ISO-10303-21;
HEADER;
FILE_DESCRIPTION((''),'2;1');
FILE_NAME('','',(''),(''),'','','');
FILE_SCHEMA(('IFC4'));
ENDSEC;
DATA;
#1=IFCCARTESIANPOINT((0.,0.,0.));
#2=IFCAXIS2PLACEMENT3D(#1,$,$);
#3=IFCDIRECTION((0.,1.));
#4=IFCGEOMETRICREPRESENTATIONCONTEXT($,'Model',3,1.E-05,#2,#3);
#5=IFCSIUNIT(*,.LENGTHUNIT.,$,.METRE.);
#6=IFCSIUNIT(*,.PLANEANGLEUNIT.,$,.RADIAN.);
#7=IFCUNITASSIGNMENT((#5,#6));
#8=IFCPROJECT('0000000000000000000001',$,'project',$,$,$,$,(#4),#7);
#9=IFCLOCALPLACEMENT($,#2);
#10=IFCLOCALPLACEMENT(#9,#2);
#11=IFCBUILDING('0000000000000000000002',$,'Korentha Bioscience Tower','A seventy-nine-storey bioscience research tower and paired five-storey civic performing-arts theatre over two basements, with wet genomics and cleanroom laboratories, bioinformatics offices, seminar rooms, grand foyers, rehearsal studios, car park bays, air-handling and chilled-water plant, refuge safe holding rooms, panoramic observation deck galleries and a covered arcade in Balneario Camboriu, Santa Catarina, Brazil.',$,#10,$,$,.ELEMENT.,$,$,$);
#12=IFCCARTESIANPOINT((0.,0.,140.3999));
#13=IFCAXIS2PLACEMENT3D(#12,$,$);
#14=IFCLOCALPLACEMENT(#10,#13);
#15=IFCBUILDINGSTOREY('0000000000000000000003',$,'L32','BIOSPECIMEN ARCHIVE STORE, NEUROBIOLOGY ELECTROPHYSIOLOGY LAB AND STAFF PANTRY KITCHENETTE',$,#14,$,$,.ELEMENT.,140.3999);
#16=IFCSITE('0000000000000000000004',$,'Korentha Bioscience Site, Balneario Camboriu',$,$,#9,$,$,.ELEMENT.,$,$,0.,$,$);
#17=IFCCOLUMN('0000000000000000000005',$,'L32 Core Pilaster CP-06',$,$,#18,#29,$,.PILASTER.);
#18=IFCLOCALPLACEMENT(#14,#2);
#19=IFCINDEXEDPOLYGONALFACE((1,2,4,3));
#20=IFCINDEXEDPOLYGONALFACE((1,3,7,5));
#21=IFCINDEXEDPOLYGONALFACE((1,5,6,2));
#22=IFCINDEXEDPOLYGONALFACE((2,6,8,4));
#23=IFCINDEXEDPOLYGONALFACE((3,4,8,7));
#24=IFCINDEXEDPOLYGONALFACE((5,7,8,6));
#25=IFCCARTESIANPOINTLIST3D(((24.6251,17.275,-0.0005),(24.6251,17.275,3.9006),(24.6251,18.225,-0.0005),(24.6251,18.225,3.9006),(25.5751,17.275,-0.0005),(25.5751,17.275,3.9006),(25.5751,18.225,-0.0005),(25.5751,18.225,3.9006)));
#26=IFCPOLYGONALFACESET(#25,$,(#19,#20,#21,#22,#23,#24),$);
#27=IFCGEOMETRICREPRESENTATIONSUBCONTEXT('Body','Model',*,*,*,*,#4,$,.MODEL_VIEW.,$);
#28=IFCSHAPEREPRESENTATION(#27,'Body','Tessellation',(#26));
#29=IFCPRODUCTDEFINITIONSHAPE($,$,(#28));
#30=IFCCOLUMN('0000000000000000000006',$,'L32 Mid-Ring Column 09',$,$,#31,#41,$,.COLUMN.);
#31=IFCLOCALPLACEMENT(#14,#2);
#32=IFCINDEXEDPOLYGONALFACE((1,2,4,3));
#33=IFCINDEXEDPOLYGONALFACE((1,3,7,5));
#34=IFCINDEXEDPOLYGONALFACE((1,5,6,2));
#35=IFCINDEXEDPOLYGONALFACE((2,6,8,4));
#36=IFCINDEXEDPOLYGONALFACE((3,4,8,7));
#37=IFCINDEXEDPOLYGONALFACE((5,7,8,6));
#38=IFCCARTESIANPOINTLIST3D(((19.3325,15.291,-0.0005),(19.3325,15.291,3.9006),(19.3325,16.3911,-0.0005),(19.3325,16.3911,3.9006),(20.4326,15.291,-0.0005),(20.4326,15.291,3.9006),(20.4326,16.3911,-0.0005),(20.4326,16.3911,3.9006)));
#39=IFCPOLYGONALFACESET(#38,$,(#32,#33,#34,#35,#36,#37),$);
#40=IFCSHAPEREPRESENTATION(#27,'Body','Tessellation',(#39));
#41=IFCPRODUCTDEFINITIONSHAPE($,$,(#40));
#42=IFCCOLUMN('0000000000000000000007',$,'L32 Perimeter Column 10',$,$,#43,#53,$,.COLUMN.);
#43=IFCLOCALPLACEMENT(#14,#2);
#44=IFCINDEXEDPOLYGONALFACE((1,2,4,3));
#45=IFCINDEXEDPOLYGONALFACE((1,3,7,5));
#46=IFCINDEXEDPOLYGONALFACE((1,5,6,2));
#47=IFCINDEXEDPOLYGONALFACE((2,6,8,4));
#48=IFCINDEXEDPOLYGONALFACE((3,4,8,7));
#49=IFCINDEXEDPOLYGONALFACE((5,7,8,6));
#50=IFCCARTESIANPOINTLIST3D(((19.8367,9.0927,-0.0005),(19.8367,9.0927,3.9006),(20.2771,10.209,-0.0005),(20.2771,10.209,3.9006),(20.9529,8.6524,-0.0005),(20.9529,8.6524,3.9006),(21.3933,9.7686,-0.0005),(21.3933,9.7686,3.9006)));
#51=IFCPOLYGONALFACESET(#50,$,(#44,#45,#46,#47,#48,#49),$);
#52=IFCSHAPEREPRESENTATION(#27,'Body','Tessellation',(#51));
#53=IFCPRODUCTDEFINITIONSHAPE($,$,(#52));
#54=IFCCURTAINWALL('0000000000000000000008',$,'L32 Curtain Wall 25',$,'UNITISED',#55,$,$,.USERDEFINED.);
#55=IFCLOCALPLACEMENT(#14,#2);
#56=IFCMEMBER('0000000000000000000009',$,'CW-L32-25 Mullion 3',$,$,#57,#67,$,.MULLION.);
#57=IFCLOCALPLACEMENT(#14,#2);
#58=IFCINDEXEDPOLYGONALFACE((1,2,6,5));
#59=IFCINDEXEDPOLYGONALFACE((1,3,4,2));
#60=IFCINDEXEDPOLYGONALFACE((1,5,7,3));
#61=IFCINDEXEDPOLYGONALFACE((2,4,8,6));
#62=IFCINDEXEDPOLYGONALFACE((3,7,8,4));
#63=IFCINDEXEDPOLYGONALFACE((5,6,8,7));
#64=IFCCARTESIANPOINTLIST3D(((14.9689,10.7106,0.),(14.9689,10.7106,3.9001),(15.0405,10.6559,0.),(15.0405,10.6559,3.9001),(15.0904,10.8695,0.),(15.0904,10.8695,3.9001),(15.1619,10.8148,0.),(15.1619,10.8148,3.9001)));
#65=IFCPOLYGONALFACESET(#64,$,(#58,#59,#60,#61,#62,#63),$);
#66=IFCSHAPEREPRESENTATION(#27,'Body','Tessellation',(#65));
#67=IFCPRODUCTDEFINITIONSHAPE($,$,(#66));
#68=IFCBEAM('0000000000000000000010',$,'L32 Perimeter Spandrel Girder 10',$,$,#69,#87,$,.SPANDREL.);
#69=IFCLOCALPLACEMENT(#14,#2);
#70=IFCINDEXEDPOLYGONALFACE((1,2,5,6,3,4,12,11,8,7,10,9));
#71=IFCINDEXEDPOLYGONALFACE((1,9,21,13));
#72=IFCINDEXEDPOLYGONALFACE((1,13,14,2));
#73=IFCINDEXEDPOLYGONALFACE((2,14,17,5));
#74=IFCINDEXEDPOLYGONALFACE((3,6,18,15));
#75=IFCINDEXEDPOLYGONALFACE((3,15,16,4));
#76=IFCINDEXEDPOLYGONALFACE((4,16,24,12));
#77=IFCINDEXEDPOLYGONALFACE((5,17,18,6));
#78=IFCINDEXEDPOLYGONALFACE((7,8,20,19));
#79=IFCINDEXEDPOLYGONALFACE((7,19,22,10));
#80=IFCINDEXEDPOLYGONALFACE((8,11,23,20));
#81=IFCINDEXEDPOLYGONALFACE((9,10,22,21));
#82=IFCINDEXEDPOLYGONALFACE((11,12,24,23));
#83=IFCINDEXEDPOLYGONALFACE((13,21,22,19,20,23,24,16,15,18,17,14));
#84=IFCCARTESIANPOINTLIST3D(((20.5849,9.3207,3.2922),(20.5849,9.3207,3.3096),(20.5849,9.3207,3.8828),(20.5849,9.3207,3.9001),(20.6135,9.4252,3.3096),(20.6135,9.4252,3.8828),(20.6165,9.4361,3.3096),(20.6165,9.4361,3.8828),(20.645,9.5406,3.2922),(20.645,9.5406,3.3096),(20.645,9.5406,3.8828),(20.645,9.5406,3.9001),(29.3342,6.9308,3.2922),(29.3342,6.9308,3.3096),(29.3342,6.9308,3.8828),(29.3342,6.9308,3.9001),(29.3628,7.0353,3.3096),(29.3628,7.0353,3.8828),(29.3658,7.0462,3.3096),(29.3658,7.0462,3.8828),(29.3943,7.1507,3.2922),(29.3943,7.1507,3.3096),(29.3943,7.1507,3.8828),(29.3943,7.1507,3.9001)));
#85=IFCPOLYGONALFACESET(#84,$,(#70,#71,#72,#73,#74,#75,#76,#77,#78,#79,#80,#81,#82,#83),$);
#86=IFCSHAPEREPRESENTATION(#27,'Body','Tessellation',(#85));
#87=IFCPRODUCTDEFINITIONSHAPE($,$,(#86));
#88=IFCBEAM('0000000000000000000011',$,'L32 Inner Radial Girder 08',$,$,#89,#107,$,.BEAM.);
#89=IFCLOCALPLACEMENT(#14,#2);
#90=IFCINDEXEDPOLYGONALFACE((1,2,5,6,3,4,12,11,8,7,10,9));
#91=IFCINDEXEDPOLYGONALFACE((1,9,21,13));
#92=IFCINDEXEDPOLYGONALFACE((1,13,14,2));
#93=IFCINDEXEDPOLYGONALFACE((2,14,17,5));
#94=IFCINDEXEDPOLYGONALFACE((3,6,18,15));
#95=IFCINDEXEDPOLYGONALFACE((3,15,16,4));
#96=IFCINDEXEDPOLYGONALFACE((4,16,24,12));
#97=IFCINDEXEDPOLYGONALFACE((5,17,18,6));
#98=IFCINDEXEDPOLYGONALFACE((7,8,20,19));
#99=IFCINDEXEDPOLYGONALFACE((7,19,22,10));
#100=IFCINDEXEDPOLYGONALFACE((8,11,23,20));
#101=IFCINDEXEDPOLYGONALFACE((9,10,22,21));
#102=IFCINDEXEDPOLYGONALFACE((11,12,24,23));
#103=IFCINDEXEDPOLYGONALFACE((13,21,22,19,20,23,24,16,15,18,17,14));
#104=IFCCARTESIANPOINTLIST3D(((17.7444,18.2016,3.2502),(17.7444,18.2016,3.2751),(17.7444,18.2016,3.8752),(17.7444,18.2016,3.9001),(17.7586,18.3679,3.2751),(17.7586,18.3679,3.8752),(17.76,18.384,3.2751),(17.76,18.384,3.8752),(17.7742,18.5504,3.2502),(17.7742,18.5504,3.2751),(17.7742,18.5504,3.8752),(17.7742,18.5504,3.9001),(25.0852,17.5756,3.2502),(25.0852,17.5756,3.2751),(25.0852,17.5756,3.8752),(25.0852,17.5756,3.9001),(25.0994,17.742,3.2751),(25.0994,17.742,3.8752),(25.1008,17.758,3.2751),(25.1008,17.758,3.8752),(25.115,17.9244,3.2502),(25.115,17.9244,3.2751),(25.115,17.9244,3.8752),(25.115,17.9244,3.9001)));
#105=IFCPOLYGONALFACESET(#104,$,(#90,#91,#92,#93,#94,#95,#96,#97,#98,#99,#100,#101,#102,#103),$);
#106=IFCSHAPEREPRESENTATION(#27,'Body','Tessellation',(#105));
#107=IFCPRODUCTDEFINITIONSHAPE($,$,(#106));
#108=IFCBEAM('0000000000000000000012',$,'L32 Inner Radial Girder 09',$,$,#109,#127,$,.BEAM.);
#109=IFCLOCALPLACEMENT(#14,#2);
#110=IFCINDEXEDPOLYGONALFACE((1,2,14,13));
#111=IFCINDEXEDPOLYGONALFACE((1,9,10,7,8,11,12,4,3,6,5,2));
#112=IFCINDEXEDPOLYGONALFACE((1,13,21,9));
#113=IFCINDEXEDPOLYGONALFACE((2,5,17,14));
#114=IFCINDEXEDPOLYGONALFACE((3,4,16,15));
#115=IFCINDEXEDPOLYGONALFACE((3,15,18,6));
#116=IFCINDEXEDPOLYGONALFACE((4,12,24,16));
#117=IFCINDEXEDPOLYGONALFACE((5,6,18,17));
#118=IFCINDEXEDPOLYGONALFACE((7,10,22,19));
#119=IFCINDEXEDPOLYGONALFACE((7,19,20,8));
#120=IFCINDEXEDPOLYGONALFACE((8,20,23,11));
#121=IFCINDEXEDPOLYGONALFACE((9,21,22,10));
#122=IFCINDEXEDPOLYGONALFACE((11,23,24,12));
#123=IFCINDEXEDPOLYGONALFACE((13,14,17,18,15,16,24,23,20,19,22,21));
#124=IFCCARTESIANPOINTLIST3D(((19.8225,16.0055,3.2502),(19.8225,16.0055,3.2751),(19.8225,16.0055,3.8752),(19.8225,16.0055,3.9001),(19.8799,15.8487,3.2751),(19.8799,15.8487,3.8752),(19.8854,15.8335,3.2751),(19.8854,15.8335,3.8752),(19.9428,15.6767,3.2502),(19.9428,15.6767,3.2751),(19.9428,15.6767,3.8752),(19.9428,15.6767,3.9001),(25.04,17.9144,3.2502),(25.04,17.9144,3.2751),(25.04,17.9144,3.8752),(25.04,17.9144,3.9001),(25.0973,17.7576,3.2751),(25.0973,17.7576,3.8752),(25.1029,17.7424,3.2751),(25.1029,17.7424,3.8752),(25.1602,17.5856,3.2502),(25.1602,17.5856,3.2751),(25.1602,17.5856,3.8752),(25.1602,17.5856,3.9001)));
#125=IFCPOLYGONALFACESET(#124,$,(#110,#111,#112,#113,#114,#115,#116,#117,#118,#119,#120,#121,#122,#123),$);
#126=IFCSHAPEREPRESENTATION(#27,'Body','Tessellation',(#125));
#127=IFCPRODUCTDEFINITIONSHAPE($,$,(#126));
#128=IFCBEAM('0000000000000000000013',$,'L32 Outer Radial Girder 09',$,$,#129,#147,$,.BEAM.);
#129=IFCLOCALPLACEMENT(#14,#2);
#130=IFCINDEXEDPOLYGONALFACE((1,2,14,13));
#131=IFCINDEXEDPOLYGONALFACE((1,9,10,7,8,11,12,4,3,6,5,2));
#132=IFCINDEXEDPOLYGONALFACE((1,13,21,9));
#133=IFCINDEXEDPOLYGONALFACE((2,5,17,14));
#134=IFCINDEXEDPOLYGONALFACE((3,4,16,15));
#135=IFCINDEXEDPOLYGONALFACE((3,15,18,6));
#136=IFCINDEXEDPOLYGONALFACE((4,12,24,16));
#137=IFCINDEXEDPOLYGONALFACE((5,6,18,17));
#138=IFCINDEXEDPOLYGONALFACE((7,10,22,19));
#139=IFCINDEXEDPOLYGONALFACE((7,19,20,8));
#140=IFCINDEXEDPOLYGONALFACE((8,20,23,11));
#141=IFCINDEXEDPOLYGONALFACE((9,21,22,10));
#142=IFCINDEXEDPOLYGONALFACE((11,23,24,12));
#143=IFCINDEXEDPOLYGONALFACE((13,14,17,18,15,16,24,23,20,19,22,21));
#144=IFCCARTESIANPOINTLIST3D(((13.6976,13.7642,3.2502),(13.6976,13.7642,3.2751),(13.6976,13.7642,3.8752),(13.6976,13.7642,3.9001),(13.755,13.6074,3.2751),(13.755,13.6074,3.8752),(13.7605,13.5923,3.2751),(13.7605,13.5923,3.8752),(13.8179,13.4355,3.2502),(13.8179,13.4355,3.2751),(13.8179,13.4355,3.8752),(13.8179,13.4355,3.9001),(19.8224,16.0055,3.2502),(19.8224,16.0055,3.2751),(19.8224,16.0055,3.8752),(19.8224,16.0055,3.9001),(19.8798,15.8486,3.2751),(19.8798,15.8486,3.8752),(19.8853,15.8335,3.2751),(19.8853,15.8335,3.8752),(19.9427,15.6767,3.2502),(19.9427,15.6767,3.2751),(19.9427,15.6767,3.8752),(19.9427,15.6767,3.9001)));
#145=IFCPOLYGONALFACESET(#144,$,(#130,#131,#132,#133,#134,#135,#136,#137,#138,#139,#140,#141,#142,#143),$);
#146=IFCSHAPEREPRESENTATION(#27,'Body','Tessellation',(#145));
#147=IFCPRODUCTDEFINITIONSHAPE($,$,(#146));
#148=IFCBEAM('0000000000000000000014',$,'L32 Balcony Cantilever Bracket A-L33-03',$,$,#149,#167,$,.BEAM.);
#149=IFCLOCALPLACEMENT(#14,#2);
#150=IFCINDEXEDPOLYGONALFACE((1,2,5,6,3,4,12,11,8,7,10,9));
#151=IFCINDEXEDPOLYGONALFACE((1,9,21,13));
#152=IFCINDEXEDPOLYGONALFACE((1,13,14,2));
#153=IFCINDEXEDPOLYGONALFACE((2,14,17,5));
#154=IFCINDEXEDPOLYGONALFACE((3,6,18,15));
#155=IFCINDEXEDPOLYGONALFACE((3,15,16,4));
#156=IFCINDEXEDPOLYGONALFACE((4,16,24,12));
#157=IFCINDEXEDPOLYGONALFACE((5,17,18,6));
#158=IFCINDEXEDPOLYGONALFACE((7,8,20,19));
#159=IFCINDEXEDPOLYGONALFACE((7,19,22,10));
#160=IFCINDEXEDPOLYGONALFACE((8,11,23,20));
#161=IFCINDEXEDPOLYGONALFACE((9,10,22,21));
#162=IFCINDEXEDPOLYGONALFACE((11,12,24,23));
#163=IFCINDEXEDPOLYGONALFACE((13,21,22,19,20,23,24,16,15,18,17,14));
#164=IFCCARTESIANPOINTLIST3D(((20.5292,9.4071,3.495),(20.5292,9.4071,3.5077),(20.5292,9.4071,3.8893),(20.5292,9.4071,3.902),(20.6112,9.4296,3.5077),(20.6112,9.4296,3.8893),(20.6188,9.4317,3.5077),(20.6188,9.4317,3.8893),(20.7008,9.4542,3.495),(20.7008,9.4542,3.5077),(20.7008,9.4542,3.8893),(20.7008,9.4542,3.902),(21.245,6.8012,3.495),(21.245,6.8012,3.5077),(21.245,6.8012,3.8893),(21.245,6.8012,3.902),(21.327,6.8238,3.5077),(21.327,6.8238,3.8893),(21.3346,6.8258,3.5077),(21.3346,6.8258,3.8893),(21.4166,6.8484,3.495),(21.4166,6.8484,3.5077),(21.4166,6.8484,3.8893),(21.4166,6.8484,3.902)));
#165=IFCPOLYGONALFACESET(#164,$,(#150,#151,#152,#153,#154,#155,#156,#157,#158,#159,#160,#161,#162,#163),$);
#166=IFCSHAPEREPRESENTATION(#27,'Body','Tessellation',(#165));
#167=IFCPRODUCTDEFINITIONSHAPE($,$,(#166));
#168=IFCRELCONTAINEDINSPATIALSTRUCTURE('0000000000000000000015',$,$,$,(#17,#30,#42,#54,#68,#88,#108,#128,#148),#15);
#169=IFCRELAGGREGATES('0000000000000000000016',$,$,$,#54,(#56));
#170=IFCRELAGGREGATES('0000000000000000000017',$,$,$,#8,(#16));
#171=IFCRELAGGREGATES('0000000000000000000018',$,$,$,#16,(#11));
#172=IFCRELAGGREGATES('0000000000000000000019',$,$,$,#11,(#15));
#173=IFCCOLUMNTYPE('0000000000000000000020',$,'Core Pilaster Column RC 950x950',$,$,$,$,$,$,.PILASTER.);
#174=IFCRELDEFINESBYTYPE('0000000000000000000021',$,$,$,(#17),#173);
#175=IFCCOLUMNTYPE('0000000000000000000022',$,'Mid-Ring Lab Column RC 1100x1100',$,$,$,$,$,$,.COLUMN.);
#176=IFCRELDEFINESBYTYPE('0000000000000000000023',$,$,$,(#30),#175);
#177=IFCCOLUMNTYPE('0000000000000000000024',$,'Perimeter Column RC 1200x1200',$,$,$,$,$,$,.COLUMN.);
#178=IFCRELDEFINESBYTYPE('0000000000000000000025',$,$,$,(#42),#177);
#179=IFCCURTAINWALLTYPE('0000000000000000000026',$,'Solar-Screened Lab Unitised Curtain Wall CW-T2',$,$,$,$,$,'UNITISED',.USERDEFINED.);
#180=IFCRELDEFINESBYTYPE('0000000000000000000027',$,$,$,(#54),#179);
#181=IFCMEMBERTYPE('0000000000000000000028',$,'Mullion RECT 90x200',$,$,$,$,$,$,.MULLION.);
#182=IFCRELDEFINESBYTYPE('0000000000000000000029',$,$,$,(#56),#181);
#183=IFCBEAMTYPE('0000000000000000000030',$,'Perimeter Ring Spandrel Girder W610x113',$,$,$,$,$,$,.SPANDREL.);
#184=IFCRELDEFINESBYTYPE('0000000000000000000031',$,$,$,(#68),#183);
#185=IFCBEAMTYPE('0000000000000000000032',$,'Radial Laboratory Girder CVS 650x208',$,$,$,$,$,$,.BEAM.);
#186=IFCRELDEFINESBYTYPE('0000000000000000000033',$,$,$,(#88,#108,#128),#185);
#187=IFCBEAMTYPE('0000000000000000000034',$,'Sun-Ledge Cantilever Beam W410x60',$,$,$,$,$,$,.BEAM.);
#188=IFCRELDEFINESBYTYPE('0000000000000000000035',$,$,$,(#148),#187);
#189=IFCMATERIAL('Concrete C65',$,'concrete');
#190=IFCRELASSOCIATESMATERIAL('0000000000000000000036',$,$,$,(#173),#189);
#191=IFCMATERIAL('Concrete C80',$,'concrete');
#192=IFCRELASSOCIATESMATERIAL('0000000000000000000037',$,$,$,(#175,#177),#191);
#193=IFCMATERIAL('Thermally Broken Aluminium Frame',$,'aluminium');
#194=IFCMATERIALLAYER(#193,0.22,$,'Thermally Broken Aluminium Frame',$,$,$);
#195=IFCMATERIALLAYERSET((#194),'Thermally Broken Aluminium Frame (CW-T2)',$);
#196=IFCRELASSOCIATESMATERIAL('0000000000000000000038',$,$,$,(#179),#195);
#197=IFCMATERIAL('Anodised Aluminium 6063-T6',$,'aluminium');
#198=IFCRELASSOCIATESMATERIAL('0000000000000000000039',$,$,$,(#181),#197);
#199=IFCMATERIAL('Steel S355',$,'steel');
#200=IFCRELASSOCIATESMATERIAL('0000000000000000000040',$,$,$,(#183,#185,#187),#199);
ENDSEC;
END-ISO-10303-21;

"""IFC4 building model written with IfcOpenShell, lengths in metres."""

from ifc_helpers import new_model, si_unit, direction, frame, origin, origin_2d, place, context, subcontext, project, spatial, rectangle, i_section, extrude, material, layer, layer_set, material_profile, profile_set, type_object, element, aggregate, save


model = new_model("IFC4")

# Units and contexts
model_context = context("Model", 3, precision=1e-05, world=origin(), true_north=direction((0.0, 1.0)))
body_context = subcontext(model_context, "Body", "Model", "MODEL_VIEW")
ifc_project = project(units=[si_unit("LENGTHUNIT", "METRE"), si_unit("PLANEANGLEUNIT", "RADIAN")], contexts=[model_context])

# Site, building, storey
site_placement = place(None, origin())
site = spatial("IfcSite", under=ifc_project, at=site_placement, Name="Korentha Bioscience Site, Balneario Camboriu", CompositionType="ELEMENT", RefElevation=0.0)
building_placement = place(site_placement, origin())
building = spatial("IfcBuilding", under=site, at=building_placement, Name="Korentha Bioscience Tower", Description="A seventy-nine-storey bioscience research tower and paired five-storey civic performing-arts theatre over two basements, with wet genomics and cleanroom laboratories, bioinformatics offices, seminar rooms, grand foyers, rehearsal studios, car park bays, air-handling and chilled-water plant, refuge safe holding rooms, panoramic observation deck galleries and a covered arcade in Balneario Camboriu, Santa Catarina, Brazil.", CompositionType="ELEMENT")
storey_placement = place(building_placement, frame((0.0, 0.0, 140.3999)))
storey = spatial("IfcBuildingStorey", under=building, at=storey_placement, Name="L32", Description="BIOSPECIMEN ARCHIVE STORE, NEUROBIOLOGY ELECTROPHYSIOLOGY LAB AND STAFF PANTRY KITCHENETTE", CompositionType="ELEMENT", Elevation=140.3999)

# Columns
ifc_material_1 = material(Name="Concrete C65", Category="concrete")
ifc_material_profile_1 = material_profile(ifc_material_1, rectangle(XDim=0.95, YDim=0.95, at=origin_2d()), Name="Concrete C65")
ifc_profile_set_1 = profile_set([ifc_material_profile_1], Name="Concrete C65 (COL-CP09)")
column_type_1 = type_object("IfcColumnType", Name="Core Pilaster Column RC 950x950", PredefinedType="PILASTER", material=ifc_profile_set_1)
column_1_placement = place(storey_placement, frame((25.1001, 17.75, -0.0005), z_axis=(0.0, 0.0, 1.0), x_axis=(1.0, 0.0, 0.0)))
element("IfcColumn", 1, at=column_1_placement, inside=storey, type_object=column_type_1, Name="L32 Core Pilaster CP-06", PredefinedType="PILASTER", context=body_context, shape_type="SweptSolid", body=[
    extrude(rectangle(XDim=0.95, YDim=0.95, at=origin_2d()), origin(), (0.0, 0.0, 1.0), 3.9011),
])
ifc_material_2 = material(Name="Concrete C80", Category="concrete")
ifc_material_profile_2 = material_profile(ifc_material_2, rectangle(XDim=1.1001, YDim=1.1001, at=origin_2d()), Name="Concrete C80")
ifc_profile_set_2 = profile_set([ifc_material_profile_2], Name="Concrete C80 (COL-MR11)")
column_type_2 = type_object("IfcColumnType", Name="Mid-Ring Lab Column RC 1100x1100", PredefinedType="COLUMN", material=ifc_profile_set_2)
column_2_placement = place(storey_placement, frame((19.8826, 15.8411, -0.0005), z_axis=(0.0, 0.0, 1.0), x_axis=(1.0, 0.0, 0.0)))
element("IfcColumn", 2, at=column_2_placement, inside=storey, type_object=column_type_2, Name="L32 Mid-Ring Column 09", PredefinedType="COLUMN", context=body_context, shape_type="SweptSolid", body=[
    extrude(rectangle(XDim=1.1001, YDim=1.1001, at=origin_2d()), origin(), (0.0, 0.0, 1.0), 3.9011),
])
ifc_material_profile_3 = material_profile(ifc_material_2, rectangle(XDim=1.2, YDim=1.2, at=origin_2d()), Name="Concrete C80")
ifc_profile_set_3 = profile_set([ifc_material_profile_3], Name="Concrete C80 (COL-P12)")
column_type_3 = type_object("IfcColumnType", Name="Perimeter Column RC 1200x1200", PredefinedType="COLUMN", material=ifc_profile_set_3)
column_3_placement = place(storey_placement, frame((20.615, 9.4307, -0.0005), z_axis=(0.0, 0.0, 1.0), x_axis=(-0.930226, 0.366988, 0.0)))
element("IfcColumn", 3, at=column_3_placement, inside=storey, type_object=column_type_3, Name="L32 Perimeter Column 10", PredefinedType="COLUMN", context=body_context, shape_type="SweptSolid", body=[
    extrude(rectangle(XDim=1.2, YDim=1.2, at=origin_2d()), origin(), (0.0, 0.0, 1.0), 3.9011),
])

# Curtain wall, member
ifc_material_3 = material(Name="Thermally Broken Aluminium Frame", Category="aluminium")
ifc_layer_1 = layer(ifc_material_3, 0.22, Name="Thermally Broken Aluminium Frame")
ifc_layer_set_1 = layer_set([ifc_layer_1], Name="Thermally Broken Aluminium Frame (CW-T2)")
curtain_wall_type = type_object("IfcCurtainWallType", Name="Solar-Screened Lab Unitised Curtain Wall CW-T2", ElementType="UNITISED", PredefinedType="USERDEFINED", material=ifc_layer_set_1)
curtain_wall_placement = place(storey_placement, origin())
curtain_wall = element("IfcCurtainWall", 4, at=curtain_wall_placement, inside=storey, type_object=curtain_wall_type, Name="L32 Curtain Wall 25", ObjectType="UNITISED", PredefinedType="USERDEFINED")
ifc_material_4 = material(Name="Anodised Aluminium 6063-T6", Category="aluminium")
ifc_material_profile_4 = material_profile(ifc_material_4, rectangle(XDim=0.0901, YDim=0.2, at=origin_2d()), Name="Anodised Aluminium 6063-T6")
ifc_profile_set_4 = profile_set([ifc_material_profile_4], Name="Anodised Aluminium 6063-T6 (CW-MUL)")
member_type = type_object("IfcMemberType", Name="Mullion RECT 90x200", PredefinedType="MULLION", material=ifc_profile_set_4)
member_placement = place(storey_placement, frame((15.0654, 10.7627, 0.0), z_axis=(0.0, 0.0, 1.0), x_axis=(0.7945, -0.607265, 0.0)))
member = element("IfcMember", 5, at=member_placement, type_object=member_type, Name="CW-L32-25 Mullion 3", PredefinedType="MULLION", context=body_context, shape_type="SweptSolid", body=[
    extrude(rectangle(XDim=0.0901, YDim=0.2, at=origin_2d()), origin(), (0.0, 0.0, 1.0), 3.9001),
])

# Beams
ifc_material_5 = material(Name="Steel S355", Category="steel")
ifc_material_profile_5 = material_profile(ifc_material_5, i_section(OverallWidth=0.228, OverallDepth=0.6079, WebThickness=0.0112, FlangeThickness=0.0173, at=origin_2d()), Name="Steel S355")
ifc_profile_set_5 = profile_set([ifc_material_profile_5], Name="Steel S355 (SB-610)")
beam_type_1 = type_object("IfcBeamType", Name="Perimeter Ring Spandrel Girder W610x113", PredefinedType="SPANDREL", material=ifc_profile_set_5)
beam_1_placement = place(storey_placement, frame((20.615, 9.4307, 3.5962), z_axis=(0.964659, -0.2635, 0.0), x_axis=(0.2635, 0.964659, 0.0)))
element("IfcBeam", 6, at=beam_1_placement, inside=storey, type_object=beam_type_1, Name="L32 Perimeter Spandrel Girder 10", PredefinedType="SPANDREL", context=body_context, shape_type="SweptSolid", body=[
    extrude(i_section(OverallWidth=0.228, OverallDepth=0.6079, WebThickness=0.0112, FlangeThickness=0.0173, at=origin_2d()), origin(), (0.0, 0.0, 1.0), 9.0698),
])
ifc_material_profile_6 = material_profile(ifc_material_5, i_section(OverallWidth=0.3501, OverallDepth=0.6499, WebThickness=0.0161, FlangeThickness=0.0249, at=origin_2d()), Name="Steel S355")
ifc_profile_set_6 = profile_set([ifc_material_profile_6], Name="Steel S355 (RB-650)")
beam_type_2 = type_object("IfcBeamType", Name="Radial Laboratory Girder CVS 650x208", PredefinedType="BEAM", material=ifc_profile_set_6)
beam_2_placement = place(storey_placement, frame((25.1001, 17.75, 3.5752), z_axis=(-0.996384, 0.084965, 0.0), x_axis=(-0.084965, -0.996384, 0.0)))
element("IfcBeam", 7, at=beam_2_placement, inside=storey, type_object=beam_type_2, Name="L32 Inner Radial Girder 08", PredefinedType="BEAM", context=body_context, shape_type="SweptSolid", body=[
    extrude(i_section(OverallWidth=0.3501, OverallDepth=0.6499, WebThickness=0.0161, FlangeThickness=0.0249, at=origin_2d()), origin(), (0.0, 0.0, 1.0), 7.3674),
])
beam_3_placement = place(storey_placement, frame((25.1001, 17.75, 3.5752), z_axis=(-0.939118, -0.343595, 0.0), x_axis=(0.343595, -0.939118, 0.0)))
element("IfcBeam", 8, at=beam_3_placement, inside=storey, type_object=beam_type_2, Name="L32 Inner Radial Girder 09", PredefinedType="BEAM", context=body_context, shape_type="SweptSolid", body=[
    extrude(i_section(OverallWidth=0.3501, OverallDepth=0.6499, WebThickness=0.0161, FlangeThickness=0.0249, at=origin_2d()), origin(), (0.0, 0.0, 1.0), 5.5557),
])
beam_4_placement = place(storey_placement, frame((19.8826, 15.8411, 3.5752), z_axis=(-0.939101, -0.343642, 0.0), x_axis=(0.343642, -0.939101, 0.0)))
element("IfcBeam", 9, at=beam_4_placement, inside=storey, type_object=beam_type_2, Name="L32 Outer Radial Girder 09", PredefinedType="BEAM", context=body_context, shape_type="SweptSolid", body=[
    extrude(i_section(OverallWidth=0.3501, OverallDepth=0.6499, WebThickness=0.0161, FlangeThickness=0.0249, at=origin_2d()), origin(), (0.0, 0.0, 1.0), 6.522),
])
ifc_material_profile_7 = material_profile(ifc_material_5, i_section(OverallWidth=0.178, OverallDepth=0.407, WebThickness=0.0078, FlangeThickness=0.0127, at=origin_2d()), Name="Steel S355")
ifc_profile_set_7 = profile_set([ifc_material_profile_7], Name="Steel S355 (CB-410)")
beam_type_3 = type_object("IfcBeamType", Name="Sun-Ledge Cantilever Beam W410x60", PredefinedType="BEAM", material=ifc_profile_set_7)
beam_5_placement = place(storey_placement, frame((20.615, 9.4307, 3.6985), z_axis=(0.264875, -0.964283, 0.0), x_axis=(0.964283, 0.264875, 0.0)))
element("IfcBeam", 10, at=beam_5_placement, inside=storey, type_object=beam_type_3, Name="L32 Balcony Cantilever Bracket A-L33-03", PredefinedType="BEAM", context=body_context, shape_type="SweptSolid", body=[
    extrude(i_section(OverallWidth=0.178, OverallDepth=0.407, WebThickness=0.0078, FlangeThickness=0.0127, at=origin_2d()), origin(), (0.0, 0.0, 1.0), 2.7024),
])

aggregate(curtain_wall, [member])

save(model, "model.ifc")
